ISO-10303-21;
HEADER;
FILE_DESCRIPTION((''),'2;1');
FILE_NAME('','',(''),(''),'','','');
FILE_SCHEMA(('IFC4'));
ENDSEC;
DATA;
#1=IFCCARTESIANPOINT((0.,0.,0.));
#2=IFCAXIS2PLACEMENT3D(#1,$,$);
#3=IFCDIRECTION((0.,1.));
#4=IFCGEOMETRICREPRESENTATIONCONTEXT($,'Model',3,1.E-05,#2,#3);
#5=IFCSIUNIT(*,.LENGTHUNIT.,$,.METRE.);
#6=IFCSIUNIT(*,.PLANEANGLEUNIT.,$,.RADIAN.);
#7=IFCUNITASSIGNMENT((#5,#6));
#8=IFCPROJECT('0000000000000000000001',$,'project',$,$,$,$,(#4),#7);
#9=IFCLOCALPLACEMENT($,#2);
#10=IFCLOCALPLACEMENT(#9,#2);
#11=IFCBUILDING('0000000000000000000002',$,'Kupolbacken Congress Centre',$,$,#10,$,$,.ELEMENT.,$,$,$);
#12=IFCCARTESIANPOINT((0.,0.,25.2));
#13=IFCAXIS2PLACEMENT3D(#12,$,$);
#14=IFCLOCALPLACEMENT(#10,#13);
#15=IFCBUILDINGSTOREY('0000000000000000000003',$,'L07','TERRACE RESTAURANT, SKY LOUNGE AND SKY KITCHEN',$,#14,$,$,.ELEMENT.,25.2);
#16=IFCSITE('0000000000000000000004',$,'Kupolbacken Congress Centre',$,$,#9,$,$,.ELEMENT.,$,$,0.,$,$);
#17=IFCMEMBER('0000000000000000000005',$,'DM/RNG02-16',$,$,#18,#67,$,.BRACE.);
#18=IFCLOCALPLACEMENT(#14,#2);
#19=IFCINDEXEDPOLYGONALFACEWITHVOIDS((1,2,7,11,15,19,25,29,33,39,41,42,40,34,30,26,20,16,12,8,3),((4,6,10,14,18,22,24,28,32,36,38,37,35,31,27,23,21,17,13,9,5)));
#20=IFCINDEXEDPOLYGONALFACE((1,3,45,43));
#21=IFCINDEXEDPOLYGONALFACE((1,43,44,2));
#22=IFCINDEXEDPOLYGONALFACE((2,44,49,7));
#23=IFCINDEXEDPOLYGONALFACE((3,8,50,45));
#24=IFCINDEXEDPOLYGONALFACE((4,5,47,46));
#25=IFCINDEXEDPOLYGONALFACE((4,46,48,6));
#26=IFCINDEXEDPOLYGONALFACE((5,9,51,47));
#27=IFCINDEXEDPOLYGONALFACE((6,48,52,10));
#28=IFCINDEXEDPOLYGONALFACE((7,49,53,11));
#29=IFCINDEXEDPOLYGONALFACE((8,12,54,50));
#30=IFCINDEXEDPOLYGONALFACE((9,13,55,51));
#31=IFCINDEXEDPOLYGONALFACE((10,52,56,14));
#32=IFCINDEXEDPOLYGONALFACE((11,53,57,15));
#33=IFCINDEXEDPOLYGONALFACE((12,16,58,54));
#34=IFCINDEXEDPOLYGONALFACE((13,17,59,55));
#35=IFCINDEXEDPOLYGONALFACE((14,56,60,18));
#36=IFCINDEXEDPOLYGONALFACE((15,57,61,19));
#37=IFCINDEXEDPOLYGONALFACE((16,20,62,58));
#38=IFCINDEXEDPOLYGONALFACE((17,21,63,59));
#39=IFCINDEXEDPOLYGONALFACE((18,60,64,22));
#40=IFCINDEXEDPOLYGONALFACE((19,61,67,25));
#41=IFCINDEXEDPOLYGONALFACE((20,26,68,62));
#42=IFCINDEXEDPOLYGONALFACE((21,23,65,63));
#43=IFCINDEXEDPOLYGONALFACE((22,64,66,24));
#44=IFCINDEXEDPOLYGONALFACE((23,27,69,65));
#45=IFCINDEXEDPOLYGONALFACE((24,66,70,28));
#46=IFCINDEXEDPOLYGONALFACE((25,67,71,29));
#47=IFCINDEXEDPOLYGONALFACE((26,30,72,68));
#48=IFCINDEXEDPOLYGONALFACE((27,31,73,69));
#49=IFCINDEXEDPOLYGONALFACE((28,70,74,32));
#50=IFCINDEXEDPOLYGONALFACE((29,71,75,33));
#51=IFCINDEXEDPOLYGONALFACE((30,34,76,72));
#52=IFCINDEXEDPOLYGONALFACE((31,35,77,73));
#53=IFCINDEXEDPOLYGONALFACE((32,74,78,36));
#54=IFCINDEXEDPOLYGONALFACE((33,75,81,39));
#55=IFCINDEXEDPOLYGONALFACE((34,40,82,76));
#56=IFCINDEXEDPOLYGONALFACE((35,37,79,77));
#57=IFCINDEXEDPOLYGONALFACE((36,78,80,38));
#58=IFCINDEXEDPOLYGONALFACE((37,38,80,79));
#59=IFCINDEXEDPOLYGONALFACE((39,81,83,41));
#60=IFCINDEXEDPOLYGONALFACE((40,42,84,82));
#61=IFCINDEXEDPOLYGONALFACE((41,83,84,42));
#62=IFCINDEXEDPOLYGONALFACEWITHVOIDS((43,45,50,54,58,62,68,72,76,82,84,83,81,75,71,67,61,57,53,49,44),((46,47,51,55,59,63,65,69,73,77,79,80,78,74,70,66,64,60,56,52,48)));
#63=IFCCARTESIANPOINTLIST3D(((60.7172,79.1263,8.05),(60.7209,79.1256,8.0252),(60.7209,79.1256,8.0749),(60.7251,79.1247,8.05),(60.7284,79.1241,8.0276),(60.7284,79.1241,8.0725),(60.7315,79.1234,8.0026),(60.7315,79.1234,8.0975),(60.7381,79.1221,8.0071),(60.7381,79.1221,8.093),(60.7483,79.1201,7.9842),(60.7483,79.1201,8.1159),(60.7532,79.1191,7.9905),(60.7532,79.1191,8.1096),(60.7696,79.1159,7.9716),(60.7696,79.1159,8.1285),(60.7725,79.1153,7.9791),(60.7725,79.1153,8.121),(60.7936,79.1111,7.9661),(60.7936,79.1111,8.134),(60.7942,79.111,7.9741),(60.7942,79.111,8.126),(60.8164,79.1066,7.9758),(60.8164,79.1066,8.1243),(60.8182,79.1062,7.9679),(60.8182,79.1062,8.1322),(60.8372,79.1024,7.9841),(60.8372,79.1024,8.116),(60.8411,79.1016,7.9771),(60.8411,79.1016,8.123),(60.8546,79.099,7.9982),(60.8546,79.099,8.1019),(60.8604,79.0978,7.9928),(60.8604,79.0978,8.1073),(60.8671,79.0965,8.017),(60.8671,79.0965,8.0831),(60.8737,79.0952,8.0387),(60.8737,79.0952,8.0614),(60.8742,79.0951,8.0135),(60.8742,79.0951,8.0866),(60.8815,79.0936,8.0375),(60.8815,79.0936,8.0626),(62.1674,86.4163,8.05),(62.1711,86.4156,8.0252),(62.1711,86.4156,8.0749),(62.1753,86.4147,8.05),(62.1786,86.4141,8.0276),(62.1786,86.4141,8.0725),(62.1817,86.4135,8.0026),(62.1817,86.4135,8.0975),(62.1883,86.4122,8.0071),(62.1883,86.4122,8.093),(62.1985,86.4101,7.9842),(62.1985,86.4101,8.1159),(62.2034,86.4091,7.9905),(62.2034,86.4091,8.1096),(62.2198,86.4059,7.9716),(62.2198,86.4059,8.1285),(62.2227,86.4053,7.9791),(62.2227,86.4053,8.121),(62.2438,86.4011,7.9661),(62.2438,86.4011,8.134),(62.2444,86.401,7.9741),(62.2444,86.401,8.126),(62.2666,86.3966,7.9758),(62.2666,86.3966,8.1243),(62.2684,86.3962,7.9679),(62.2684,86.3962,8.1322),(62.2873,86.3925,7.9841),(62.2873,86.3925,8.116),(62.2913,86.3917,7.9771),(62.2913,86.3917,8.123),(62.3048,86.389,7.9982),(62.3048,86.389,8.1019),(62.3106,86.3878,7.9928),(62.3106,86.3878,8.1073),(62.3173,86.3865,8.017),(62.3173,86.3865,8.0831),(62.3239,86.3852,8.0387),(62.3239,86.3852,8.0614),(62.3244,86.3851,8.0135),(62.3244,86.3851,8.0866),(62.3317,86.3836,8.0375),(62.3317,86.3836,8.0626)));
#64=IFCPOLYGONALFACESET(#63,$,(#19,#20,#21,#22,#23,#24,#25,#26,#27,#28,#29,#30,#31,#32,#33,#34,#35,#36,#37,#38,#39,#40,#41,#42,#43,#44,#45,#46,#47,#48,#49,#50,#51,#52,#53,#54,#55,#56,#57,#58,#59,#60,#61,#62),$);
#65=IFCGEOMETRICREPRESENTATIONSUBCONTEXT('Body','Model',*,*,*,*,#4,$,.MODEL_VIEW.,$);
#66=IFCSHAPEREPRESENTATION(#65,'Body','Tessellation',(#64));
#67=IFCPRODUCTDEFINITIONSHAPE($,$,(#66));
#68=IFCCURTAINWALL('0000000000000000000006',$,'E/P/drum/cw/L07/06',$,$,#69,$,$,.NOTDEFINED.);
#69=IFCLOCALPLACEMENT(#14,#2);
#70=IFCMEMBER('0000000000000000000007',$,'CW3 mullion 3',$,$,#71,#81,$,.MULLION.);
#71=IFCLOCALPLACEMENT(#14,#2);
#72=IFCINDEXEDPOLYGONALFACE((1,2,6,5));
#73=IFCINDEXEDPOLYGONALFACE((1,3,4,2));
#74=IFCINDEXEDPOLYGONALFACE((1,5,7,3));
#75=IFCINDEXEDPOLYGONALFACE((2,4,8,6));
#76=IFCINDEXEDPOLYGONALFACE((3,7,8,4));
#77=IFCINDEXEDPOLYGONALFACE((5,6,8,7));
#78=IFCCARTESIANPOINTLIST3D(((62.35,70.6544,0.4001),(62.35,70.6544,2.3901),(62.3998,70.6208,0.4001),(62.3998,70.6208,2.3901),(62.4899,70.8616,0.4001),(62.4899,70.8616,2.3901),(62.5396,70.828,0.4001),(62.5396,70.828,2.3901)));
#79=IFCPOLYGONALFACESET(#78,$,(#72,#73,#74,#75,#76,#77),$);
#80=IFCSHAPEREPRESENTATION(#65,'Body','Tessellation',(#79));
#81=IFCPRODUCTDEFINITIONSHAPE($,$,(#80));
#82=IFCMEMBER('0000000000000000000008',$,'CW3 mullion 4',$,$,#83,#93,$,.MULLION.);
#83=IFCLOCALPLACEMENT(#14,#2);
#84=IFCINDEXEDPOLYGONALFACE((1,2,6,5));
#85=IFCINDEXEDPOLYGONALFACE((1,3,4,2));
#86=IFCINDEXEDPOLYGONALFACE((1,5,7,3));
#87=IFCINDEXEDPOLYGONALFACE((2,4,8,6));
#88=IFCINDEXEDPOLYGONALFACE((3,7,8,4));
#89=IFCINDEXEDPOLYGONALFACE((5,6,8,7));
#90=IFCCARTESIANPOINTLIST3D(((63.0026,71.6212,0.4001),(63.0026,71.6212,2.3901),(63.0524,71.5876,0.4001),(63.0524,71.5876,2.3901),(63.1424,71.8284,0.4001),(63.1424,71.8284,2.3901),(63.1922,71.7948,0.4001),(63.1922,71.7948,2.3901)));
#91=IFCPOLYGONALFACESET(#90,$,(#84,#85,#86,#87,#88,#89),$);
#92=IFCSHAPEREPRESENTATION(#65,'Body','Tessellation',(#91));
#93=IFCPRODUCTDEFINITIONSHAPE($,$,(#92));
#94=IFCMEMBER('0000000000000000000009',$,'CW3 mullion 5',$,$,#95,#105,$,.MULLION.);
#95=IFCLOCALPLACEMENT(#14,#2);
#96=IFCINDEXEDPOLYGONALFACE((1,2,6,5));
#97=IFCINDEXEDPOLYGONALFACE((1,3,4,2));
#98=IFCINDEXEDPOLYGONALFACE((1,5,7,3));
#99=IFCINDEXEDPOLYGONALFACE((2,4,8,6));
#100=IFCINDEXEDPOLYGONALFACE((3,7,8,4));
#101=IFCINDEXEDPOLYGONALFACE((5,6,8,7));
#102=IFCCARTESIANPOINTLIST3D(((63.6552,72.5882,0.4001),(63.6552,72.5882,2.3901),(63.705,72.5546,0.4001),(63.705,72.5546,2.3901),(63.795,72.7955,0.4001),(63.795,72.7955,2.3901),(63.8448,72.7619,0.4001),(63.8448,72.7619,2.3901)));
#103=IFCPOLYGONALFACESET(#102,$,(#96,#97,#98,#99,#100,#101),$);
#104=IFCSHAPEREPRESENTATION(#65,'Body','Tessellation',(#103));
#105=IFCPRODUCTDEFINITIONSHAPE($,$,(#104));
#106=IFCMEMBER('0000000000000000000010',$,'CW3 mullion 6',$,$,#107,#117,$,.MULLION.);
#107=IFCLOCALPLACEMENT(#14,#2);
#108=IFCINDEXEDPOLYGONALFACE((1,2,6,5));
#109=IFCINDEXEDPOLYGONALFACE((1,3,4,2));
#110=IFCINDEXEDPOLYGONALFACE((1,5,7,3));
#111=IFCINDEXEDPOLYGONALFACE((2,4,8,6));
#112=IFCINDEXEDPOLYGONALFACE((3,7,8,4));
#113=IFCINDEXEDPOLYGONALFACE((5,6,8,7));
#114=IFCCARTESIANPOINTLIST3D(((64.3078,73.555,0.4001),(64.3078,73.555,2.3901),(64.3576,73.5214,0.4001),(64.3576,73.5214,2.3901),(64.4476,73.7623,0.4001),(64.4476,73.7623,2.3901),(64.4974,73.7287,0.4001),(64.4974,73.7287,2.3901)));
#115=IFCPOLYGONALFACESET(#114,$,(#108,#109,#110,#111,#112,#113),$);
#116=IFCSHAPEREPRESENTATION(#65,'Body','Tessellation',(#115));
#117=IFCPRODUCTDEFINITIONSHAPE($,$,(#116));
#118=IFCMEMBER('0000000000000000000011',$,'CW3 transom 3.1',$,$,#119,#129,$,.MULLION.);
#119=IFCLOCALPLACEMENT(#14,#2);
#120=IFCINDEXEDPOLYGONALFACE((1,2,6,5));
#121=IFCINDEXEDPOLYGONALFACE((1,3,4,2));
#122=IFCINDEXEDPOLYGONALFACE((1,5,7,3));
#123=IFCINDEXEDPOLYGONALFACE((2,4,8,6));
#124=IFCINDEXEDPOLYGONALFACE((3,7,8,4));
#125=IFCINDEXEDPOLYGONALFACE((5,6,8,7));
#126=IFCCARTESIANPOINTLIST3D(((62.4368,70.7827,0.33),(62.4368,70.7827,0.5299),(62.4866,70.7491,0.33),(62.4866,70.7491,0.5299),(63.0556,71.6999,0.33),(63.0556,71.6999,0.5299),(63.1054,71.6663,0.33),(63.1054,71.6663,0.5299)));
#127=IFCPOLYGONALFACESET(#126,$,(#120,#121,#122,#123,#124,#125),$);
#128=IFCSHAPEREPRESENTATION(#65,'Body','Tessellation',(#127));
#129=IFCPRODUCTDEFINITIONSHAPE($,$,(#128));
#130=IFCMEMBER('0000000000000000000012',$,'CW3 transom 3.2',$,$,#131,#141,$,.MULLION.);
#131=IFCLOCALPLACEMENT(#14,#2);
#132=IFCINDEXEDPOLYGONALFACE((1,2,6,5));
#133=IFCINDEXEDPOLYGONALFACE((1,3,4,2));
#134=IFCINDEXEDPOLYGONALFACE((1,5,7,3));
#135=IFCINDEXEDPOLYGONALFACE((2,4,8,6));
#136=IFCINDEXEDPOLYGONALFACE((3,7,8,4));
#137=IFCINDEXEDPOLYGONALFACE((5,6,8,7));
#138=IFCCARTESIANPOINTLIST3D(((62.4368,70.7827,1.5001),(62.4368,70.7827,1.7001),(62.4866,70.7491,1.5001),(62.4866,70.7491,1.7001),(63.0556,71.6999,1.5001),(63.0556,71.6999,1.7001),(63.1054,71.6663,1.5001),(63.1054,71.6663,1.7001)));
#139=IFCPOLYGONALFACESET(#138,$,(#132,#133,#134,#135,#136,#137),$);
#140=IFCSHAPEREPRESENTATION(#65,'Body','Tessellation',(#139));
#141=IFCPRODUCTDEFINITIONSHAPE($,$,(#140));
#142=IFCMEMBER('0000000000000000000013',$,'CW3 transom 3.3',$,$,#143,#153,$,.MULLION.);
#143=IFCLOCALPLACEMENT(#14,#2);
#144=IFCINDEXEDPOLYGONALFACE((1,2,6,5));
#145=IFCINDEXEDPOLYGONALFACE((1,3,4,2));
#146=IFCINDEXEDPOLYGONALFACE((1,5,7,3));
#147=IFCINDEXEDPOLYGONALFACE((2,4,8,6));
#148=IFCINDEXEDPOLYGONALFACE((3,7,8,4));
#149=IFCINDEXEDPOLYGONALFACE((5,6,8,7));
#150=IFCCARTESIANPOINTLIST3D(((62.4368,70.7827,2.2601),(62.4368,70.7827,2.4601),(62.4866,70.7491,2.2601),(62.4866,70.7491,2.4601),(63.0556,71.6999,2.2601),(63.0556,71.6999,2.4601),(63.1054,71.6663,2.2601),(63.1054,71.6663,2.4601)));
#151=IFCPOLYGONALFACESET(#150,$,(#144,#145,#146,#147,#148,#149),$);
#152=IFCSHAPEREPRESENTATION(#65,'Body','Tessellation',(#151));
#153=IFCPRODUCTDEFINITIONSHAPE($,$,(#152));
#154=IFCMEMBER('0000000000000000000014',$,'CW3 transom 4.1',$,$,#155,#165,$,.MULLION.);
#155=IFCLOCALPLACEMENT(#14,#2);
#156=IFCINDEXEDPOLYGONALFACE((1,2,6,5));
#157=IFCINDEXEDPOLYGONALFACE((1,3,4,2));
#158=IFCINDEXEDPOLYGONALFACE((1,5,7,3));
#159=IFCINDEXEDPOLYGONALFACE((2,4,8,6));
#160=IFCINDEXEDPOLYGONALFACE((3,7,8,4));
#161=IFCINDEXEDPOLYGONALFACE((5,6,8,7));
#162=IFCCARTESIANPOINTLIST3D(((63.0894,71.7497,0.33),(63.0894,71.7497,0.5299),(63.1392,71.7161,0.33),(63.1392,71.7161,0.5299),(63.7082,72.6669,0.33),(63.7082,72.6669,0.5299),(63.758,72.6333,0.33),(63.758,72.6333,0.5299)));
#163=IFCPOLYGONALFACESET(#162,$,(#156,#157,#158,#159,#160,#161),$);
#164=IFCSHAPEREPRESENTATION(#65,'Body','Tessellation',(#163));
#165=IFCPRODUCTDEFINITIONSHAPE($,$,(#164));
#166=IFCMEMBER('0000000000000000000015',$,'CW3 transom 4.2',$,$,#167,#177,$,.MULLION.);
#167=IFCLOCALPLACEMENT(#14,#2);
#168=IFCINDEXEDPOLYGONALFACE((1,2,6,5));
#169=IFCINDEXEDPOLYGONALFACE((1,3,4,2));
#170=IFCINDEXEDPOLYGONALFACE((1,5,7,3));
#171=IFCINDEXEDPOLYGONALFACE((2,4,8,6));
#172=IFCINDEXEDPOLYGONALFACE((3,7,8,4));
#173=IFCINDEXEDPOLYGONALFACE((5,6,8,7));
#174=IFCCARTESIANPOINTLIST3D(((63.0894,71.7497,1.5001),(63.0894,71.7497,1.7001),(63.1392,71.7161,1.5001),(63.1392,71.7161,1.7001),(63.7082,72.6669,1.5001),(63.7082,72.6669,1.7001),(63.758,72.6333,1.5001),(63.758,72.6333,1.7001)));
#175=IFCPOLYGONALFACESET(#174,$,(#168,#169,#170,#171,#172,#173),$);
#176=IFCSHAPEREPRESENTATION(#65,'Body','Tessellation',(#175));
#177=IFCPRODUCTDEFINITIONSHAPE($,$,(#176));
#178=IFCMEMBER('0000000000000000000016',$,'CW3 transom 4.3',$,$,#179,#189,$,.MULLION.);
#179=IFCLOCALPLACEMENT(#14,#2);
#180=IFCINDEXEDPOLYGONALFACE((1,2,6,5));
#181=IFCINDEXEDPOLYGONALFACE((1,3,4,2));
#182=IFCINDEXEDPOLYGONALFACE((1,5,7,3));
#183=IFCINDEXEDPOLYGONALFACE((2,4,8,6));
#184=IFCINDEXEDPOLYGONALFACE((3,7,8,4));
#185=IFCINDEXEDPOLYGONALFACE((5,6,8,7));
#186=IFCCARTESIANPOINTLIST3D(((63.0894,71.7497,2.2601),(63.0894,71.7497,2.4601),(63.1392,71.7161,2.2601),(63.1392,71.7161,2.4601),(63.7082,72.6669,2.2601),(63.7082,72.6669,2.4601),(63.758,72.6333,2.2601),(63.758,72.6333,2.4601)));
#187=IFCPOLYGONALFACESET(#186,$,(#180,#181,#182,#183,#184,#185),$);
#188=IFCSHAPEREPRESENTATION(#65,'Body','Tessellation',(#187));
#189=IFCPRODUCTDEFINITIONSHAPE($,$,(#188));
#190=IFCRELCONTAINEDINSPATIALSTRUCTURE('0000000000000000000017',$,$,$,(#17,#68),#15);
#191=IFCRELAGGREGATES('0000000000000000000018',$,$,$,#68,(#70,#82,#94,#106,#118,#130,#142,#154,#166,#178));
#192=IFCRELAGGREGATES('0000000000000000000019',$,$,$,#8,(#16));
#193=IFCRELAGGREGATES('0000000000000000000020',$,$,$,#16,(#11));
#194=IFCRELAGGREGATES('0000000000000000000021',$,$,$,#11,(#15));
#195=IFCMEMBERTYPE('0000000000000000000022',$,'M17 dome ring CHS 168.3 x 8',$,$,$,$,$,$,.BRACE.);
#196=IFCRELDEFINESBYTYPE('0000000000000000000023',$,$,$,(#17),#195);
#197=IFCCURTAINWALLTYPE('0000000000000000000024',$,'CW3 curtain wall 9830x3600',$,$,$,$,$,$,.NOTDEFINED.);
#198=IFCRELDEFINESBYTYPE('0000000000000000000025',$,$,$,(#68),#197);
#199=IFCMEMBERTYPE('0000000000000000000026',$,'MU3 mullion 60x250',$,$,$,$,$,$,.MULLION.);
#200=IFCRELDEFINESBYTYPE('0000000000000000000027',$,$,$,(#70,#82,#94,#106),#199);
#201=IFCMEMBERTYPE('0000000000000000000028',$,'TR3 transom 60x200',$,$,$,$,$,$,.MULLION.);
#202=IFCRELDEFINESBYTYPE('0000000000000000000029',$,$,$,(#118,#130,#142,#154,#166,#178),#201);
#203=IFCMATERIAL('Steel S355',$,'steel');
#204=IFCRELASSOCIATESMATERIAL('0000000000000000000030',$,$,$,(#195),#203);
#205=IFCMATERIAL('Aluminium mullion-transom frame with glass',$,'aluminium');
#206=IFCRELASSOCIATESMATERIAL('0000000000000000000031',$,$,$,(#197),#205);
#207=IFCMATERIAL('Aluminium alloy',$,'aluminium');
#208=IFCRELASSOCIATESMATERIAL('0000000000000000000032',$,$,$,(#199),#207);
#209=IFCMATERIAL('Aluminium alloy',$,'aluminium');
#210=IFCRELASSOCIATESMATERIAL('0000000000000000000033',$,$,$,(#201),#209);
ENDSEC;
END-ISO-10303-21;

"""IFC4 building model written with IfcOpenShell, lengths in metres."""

from ifc_helpers import new_model, si_unit, direction, frame, origin, origin_2d, place, context, subcontext, project, spatial, rectangle, hollow_circle, extrude, material, material_profile, profile_set, type_object, element, aggregate, save


model = new_model("IFC4")

# Units and contexts
model_context = context("Model", 3, precision=1e-05, world=origin(), true_north=direction((0.0, 1.0)))
body_context = subcontext(model_context, "Body", "Model", "MODEL_VIEW")
ifc_project = project(units=[si_unit("LENGTHUNIT", "METRE"), si_unit("PLANEANGLEUNIT", "RADIAN")], contexts=[model_context])

# Site, building, storey
site_placement = place(None, origin())
site = spatial("IfcSite", under=ifc_project, at=site_placement, Name="Kupolbacken Congress Centre", CompositionType="ELEMENT", RefElevation=0.0)
building_placement = place(site_placement, origin())
building = spatial("IfcBuilding", under=site, at=building_placement, Name="Kupolbacken Congress Centre", CompositionType="ELEMENT")
storey_placement = place(building_placement, frame((0.0, 0.0, 25.2)))
storey = spatial("IfcBuildingStorey", under=building, at=storey_placement, Name="L07", Description="TERRACE RESTAURANT, SKY LOUNGE AND SKY KITCHEN", CompositionType="ELEMENT", Elevation=25.2)

# Member
ifc_material_1 = material(Name="Steel S355", Category="steel")
ifc_material_profile_1 = material_profile(ifc_material_1, hollow_circle(Radius=0.0842, WallThickness=0.0081, at=origin_2d()), Name="CHS 168.3 x 8")
ifc_profile_set_1 = profile_set([ifc_material_profile_1], Name="Steel S355")
member_type_1 = type_object("IfcMemberType", Name="M17 dome ring CHS 168.3 x 8", PredefinedType="BRACE", material=ifc_profile_set_1)
member_1_placement = place(storey_placement, frame((60.7998, 79.1099, 8.05), z_axis=(0.195105, 0.980782, 0.0), x_axis=(-0.980782, 0.195105, 0.0)))
element("IfcMember", 1, at=member_1_placement, inside=storey, type_object=member_type_1, Name="DM/RNG02-16", PredefinedType="BRACE", context=body_context, shape_type="SweptSolid", body=[
    extrude(hollow_circle(Radius=0.0842, WallThickness=0.0081, at=origin_2d()), origin(), (0.0, 0.0, 1.0), 7.4329),
])

# Curtain wall, members
ifc_material_2 = material(Name="Aluminium mullion-transom frame with glass", Category="aluminium")
curtain_wall_type = type_object("IfcCurtainWallType", Name="CW3 curtain wall 9830x3600", PredefinedType="NOTDEFINED", material=ifc_material_2)
curtain_wall_placement = place(storey_placement, origin())
curtain_wall = element("IfcCurtainWall", 2, at=curtain_wall_placement, inside=storey, type_object=curtain_wall_type, Name="E/P/drum/cw/L07/06", PredefinedType="NOTDEFINED")
ifc_material_3 = material(Name="Aluminium alloy", Category="aluminium")
ifc_material_profile_2 = material_profile(ifc_material_3, rectangle(XDim=0.0601, YDim=0.25, at=origin_2d()), Name="60 x 250")
ifc_profile_set_2 = profile_set([ifc_material_profile_2], Name="Aluminium alloy")
member_type_2 = type_object("IfcMemberType", Name="MU3 mullion 60x250", PredefinedType="MULLION", material=ifc_profile_set_2)
member_2_placement = place(storey_placement, frame((62.4448, 70.7412, 0.4001), z_axis=(0.0, 0.0, 1.0), x_axis=(-0.828908, 0.559386, 0.0)))
member_2 = element("IfcMember", 3, at=member_2_placement, type_object=member_type_2, Name="CW3 mullion 3", PredefinedType="MULLION", context=body_context, shape_type="SweptSolid", body=[
    extrude(rectangle(XDim=0.0601, YDim=0.25, at=origin_2d()), origin(), (0.0, 0.0, 1.0), 1.99),
])
member_3_placement = place(storey_placement, frame((63.0974, 71.708, 0.4001), z_axis=(0.0, 0.0, 1.0), x_axis=(-0.828908, 0.559386, 0.0)))
member_3 = element("IfcMember", 4, at=member_3_placement, type_object=member_type_2, Name="CW3 mullion 4", PredefinedType="MULLION", context=body_context, shape_type="SweptSolid", body=[
    extrude(rectangle(XDim=0.0601, YDim=0.25, at=origin_2d()), origin(), (0.0, 0.0, 1.0), 1.99),
])
member_4_placement = place(storey_placement, frame((63.75, 72.675, 0.4001), z_axis=(0.0, 0.0, 1.0), x_axis=(-0.828908, 0.559386, 0.0)))
member_4 = element("IfcMember", 5, at=member_4_placement, type_object=member_type_2, Name="CW3 mullion 5", PredefinedType="MULLION", context=body_context, shape_type="SweptSolid", body=[
    extrude(rectangle(XDim=0.0601, YDim=0.25, at=origin_2d()), origin(), (0.0, 0.0, 1.0), 1.99),
])
member_5_placement = place(storey_placement, frame((64.4026, 73.6418, 0.4001), z_axis=(0.0, 0.0, 1.0), x_axis=(-0.828908, 0.559386, 0.0)))
member_5 = element("IfcMember", 6, at=member_5_placement, type_object=member_type_2, Name="CW3 mullion 6", PredefinedType="MULLION", context=body_context, shape_type="SweptSolid", body=[
    extrude(rectangle(XDim=0.0601, YDim=0.25, at=origin_2d()), origin(), (0.0, 0.0, 1.0), 1.99),
])
ifc_material_4 = material(Name="Aluminium alloy", Category="aluminium")
ifc_material_profile_3 = material_profile(ifc_material_4, rectangle(XDim=0.0601, YDim=0.2, at=origin_2d()), Name="60 x 200")
ifc_profile_set_3 = profile_set([ifc_material_profile_3], Name="Aluminium alloy")
member_type_3 = type_object("IfcMemberType", Name="TR3 transom 60x200", PredefinedType="MULLION", material=ifc_profile_set_3)
member_6_placement = place(storey_placement, frame((62.4617, 70.7659, 0.4299), z_axis=(0.559325, 0.828948, 0.0), x_axis=(-0.828948, 0.559325, 0.0)))
member_6 = element("IfcMember", 7, at=member_6_placement, type_object=member_type_3, Name="CW3 transom 3.1", PredefinedType="MULLION", context=body_context, shape_type="SweptSolid", body=[
    extrude(rectangle(XDim=0.0601, YDim=0.2, at=origin_2d()), origin(), (0.0, 0.0, 1.0), 1.1064),
])
member_7_placement = place(storey_placement, frame((62.4617, 70.7659, 1.6001), z_axis=(0.559325, 0.828948, 0.0), x_axis=(-0.828948, 0.559325, 0.0)))
member_7 = element("IfcMember", 8, at=member_7_placement, type_object=member_type_3, Name="CW3 transom 3.2", PredefinedType="MULLION", context=body_context, shape_type="SweptSolid", body=[
    extrude(rectangle(XDim=0.0601, YDim=0.2, at=origin_2d()), origin(), (0.0, 0.0, 1.0), 1.1064),
])
member_8_placement = place(storey_placement, frame((62.4617, 70.7659, 2.3601), z_axis=(0.559325, 0.828948, 0.0), x_axis=(-0.828948, 0.559325, 0.0)))
member_8 = element("IfcMember", 9, at=member_8_placement, type_object=member_type_3, Name="CW3 transom 3.3", PredefinedType="MULLION", context=body_context, shape_type="SweptSolid", body=[
    extrude(rectangle(XDim=0.0601, YDim=0.2, at=origin_2d()), origin(), (0.0, 0.0, 1.0), 1.1064),
])
member_9_placement = place(storey_placement, frame((63.1143, 71.7329, 0.4299), z_axis=(0.559325, 0.828948, 0.0), x_axis=(-0.828948, 0.559325, 0.0)))
member_9 = element("IfcMember", 10, at=member_9_placement, type_object=member_type_3, Name="CW3 transom 4.1", PredefinedType="MULLION", context=body_context, shape_type="SweptSolid", body=[
    extrude(rectangle(XDim=0.0601, YDim=0.2, at=origin_2d()), origin(), (0.0, 0.0, 1.0), 1.1064),
])
member_10_placement = place(storey_placement, frame((63.1143, 71.7329, 1.6001), z_axis=(0.559325, 0.828948, 0.0), x_axis=(-0.828948, 0.559325, 0.0)))
member_10 = element("IfcMember", 11, at=member_10_placement, type_object=member_type_3, Name="CW3 transom 4.2", PredefinedType="MULLION", context=body_context, shape_type="SweptSolid", body=[
    extrude(rectangle(XDim=0.0601, YDim=0.2, at=origin_2d()), origin(), (0.0, 0.0, 1.0), 1.1064),
])
member_11_placement = place(storey_placement, frame((63.1143, 71.7329, 2.3601), z_axis=(0.559325, 0.828948, 0.0), x_axis=(-0.828948, 0.559325, 0.0)))
member_11 = element("IfcMember", 12, at=member_11_placement, type_object=member_type_3, Name="CW3 transom 4.3", PredefinedType="MULLION", context=body_context, shape_type="SweptSolid", body=[
    extrude(rectangle(XDim=0.0601, YDim=0.2, at=origin_2d()), origin(), (0.0, 0.0, 1.0), 1.1064),
])
aggregate(curtain_wall, [member_2, member_3, member_4, member_5, member_6, member_7, member_8, member_9, member_10, member_11])

save(model, "model.ifc")
